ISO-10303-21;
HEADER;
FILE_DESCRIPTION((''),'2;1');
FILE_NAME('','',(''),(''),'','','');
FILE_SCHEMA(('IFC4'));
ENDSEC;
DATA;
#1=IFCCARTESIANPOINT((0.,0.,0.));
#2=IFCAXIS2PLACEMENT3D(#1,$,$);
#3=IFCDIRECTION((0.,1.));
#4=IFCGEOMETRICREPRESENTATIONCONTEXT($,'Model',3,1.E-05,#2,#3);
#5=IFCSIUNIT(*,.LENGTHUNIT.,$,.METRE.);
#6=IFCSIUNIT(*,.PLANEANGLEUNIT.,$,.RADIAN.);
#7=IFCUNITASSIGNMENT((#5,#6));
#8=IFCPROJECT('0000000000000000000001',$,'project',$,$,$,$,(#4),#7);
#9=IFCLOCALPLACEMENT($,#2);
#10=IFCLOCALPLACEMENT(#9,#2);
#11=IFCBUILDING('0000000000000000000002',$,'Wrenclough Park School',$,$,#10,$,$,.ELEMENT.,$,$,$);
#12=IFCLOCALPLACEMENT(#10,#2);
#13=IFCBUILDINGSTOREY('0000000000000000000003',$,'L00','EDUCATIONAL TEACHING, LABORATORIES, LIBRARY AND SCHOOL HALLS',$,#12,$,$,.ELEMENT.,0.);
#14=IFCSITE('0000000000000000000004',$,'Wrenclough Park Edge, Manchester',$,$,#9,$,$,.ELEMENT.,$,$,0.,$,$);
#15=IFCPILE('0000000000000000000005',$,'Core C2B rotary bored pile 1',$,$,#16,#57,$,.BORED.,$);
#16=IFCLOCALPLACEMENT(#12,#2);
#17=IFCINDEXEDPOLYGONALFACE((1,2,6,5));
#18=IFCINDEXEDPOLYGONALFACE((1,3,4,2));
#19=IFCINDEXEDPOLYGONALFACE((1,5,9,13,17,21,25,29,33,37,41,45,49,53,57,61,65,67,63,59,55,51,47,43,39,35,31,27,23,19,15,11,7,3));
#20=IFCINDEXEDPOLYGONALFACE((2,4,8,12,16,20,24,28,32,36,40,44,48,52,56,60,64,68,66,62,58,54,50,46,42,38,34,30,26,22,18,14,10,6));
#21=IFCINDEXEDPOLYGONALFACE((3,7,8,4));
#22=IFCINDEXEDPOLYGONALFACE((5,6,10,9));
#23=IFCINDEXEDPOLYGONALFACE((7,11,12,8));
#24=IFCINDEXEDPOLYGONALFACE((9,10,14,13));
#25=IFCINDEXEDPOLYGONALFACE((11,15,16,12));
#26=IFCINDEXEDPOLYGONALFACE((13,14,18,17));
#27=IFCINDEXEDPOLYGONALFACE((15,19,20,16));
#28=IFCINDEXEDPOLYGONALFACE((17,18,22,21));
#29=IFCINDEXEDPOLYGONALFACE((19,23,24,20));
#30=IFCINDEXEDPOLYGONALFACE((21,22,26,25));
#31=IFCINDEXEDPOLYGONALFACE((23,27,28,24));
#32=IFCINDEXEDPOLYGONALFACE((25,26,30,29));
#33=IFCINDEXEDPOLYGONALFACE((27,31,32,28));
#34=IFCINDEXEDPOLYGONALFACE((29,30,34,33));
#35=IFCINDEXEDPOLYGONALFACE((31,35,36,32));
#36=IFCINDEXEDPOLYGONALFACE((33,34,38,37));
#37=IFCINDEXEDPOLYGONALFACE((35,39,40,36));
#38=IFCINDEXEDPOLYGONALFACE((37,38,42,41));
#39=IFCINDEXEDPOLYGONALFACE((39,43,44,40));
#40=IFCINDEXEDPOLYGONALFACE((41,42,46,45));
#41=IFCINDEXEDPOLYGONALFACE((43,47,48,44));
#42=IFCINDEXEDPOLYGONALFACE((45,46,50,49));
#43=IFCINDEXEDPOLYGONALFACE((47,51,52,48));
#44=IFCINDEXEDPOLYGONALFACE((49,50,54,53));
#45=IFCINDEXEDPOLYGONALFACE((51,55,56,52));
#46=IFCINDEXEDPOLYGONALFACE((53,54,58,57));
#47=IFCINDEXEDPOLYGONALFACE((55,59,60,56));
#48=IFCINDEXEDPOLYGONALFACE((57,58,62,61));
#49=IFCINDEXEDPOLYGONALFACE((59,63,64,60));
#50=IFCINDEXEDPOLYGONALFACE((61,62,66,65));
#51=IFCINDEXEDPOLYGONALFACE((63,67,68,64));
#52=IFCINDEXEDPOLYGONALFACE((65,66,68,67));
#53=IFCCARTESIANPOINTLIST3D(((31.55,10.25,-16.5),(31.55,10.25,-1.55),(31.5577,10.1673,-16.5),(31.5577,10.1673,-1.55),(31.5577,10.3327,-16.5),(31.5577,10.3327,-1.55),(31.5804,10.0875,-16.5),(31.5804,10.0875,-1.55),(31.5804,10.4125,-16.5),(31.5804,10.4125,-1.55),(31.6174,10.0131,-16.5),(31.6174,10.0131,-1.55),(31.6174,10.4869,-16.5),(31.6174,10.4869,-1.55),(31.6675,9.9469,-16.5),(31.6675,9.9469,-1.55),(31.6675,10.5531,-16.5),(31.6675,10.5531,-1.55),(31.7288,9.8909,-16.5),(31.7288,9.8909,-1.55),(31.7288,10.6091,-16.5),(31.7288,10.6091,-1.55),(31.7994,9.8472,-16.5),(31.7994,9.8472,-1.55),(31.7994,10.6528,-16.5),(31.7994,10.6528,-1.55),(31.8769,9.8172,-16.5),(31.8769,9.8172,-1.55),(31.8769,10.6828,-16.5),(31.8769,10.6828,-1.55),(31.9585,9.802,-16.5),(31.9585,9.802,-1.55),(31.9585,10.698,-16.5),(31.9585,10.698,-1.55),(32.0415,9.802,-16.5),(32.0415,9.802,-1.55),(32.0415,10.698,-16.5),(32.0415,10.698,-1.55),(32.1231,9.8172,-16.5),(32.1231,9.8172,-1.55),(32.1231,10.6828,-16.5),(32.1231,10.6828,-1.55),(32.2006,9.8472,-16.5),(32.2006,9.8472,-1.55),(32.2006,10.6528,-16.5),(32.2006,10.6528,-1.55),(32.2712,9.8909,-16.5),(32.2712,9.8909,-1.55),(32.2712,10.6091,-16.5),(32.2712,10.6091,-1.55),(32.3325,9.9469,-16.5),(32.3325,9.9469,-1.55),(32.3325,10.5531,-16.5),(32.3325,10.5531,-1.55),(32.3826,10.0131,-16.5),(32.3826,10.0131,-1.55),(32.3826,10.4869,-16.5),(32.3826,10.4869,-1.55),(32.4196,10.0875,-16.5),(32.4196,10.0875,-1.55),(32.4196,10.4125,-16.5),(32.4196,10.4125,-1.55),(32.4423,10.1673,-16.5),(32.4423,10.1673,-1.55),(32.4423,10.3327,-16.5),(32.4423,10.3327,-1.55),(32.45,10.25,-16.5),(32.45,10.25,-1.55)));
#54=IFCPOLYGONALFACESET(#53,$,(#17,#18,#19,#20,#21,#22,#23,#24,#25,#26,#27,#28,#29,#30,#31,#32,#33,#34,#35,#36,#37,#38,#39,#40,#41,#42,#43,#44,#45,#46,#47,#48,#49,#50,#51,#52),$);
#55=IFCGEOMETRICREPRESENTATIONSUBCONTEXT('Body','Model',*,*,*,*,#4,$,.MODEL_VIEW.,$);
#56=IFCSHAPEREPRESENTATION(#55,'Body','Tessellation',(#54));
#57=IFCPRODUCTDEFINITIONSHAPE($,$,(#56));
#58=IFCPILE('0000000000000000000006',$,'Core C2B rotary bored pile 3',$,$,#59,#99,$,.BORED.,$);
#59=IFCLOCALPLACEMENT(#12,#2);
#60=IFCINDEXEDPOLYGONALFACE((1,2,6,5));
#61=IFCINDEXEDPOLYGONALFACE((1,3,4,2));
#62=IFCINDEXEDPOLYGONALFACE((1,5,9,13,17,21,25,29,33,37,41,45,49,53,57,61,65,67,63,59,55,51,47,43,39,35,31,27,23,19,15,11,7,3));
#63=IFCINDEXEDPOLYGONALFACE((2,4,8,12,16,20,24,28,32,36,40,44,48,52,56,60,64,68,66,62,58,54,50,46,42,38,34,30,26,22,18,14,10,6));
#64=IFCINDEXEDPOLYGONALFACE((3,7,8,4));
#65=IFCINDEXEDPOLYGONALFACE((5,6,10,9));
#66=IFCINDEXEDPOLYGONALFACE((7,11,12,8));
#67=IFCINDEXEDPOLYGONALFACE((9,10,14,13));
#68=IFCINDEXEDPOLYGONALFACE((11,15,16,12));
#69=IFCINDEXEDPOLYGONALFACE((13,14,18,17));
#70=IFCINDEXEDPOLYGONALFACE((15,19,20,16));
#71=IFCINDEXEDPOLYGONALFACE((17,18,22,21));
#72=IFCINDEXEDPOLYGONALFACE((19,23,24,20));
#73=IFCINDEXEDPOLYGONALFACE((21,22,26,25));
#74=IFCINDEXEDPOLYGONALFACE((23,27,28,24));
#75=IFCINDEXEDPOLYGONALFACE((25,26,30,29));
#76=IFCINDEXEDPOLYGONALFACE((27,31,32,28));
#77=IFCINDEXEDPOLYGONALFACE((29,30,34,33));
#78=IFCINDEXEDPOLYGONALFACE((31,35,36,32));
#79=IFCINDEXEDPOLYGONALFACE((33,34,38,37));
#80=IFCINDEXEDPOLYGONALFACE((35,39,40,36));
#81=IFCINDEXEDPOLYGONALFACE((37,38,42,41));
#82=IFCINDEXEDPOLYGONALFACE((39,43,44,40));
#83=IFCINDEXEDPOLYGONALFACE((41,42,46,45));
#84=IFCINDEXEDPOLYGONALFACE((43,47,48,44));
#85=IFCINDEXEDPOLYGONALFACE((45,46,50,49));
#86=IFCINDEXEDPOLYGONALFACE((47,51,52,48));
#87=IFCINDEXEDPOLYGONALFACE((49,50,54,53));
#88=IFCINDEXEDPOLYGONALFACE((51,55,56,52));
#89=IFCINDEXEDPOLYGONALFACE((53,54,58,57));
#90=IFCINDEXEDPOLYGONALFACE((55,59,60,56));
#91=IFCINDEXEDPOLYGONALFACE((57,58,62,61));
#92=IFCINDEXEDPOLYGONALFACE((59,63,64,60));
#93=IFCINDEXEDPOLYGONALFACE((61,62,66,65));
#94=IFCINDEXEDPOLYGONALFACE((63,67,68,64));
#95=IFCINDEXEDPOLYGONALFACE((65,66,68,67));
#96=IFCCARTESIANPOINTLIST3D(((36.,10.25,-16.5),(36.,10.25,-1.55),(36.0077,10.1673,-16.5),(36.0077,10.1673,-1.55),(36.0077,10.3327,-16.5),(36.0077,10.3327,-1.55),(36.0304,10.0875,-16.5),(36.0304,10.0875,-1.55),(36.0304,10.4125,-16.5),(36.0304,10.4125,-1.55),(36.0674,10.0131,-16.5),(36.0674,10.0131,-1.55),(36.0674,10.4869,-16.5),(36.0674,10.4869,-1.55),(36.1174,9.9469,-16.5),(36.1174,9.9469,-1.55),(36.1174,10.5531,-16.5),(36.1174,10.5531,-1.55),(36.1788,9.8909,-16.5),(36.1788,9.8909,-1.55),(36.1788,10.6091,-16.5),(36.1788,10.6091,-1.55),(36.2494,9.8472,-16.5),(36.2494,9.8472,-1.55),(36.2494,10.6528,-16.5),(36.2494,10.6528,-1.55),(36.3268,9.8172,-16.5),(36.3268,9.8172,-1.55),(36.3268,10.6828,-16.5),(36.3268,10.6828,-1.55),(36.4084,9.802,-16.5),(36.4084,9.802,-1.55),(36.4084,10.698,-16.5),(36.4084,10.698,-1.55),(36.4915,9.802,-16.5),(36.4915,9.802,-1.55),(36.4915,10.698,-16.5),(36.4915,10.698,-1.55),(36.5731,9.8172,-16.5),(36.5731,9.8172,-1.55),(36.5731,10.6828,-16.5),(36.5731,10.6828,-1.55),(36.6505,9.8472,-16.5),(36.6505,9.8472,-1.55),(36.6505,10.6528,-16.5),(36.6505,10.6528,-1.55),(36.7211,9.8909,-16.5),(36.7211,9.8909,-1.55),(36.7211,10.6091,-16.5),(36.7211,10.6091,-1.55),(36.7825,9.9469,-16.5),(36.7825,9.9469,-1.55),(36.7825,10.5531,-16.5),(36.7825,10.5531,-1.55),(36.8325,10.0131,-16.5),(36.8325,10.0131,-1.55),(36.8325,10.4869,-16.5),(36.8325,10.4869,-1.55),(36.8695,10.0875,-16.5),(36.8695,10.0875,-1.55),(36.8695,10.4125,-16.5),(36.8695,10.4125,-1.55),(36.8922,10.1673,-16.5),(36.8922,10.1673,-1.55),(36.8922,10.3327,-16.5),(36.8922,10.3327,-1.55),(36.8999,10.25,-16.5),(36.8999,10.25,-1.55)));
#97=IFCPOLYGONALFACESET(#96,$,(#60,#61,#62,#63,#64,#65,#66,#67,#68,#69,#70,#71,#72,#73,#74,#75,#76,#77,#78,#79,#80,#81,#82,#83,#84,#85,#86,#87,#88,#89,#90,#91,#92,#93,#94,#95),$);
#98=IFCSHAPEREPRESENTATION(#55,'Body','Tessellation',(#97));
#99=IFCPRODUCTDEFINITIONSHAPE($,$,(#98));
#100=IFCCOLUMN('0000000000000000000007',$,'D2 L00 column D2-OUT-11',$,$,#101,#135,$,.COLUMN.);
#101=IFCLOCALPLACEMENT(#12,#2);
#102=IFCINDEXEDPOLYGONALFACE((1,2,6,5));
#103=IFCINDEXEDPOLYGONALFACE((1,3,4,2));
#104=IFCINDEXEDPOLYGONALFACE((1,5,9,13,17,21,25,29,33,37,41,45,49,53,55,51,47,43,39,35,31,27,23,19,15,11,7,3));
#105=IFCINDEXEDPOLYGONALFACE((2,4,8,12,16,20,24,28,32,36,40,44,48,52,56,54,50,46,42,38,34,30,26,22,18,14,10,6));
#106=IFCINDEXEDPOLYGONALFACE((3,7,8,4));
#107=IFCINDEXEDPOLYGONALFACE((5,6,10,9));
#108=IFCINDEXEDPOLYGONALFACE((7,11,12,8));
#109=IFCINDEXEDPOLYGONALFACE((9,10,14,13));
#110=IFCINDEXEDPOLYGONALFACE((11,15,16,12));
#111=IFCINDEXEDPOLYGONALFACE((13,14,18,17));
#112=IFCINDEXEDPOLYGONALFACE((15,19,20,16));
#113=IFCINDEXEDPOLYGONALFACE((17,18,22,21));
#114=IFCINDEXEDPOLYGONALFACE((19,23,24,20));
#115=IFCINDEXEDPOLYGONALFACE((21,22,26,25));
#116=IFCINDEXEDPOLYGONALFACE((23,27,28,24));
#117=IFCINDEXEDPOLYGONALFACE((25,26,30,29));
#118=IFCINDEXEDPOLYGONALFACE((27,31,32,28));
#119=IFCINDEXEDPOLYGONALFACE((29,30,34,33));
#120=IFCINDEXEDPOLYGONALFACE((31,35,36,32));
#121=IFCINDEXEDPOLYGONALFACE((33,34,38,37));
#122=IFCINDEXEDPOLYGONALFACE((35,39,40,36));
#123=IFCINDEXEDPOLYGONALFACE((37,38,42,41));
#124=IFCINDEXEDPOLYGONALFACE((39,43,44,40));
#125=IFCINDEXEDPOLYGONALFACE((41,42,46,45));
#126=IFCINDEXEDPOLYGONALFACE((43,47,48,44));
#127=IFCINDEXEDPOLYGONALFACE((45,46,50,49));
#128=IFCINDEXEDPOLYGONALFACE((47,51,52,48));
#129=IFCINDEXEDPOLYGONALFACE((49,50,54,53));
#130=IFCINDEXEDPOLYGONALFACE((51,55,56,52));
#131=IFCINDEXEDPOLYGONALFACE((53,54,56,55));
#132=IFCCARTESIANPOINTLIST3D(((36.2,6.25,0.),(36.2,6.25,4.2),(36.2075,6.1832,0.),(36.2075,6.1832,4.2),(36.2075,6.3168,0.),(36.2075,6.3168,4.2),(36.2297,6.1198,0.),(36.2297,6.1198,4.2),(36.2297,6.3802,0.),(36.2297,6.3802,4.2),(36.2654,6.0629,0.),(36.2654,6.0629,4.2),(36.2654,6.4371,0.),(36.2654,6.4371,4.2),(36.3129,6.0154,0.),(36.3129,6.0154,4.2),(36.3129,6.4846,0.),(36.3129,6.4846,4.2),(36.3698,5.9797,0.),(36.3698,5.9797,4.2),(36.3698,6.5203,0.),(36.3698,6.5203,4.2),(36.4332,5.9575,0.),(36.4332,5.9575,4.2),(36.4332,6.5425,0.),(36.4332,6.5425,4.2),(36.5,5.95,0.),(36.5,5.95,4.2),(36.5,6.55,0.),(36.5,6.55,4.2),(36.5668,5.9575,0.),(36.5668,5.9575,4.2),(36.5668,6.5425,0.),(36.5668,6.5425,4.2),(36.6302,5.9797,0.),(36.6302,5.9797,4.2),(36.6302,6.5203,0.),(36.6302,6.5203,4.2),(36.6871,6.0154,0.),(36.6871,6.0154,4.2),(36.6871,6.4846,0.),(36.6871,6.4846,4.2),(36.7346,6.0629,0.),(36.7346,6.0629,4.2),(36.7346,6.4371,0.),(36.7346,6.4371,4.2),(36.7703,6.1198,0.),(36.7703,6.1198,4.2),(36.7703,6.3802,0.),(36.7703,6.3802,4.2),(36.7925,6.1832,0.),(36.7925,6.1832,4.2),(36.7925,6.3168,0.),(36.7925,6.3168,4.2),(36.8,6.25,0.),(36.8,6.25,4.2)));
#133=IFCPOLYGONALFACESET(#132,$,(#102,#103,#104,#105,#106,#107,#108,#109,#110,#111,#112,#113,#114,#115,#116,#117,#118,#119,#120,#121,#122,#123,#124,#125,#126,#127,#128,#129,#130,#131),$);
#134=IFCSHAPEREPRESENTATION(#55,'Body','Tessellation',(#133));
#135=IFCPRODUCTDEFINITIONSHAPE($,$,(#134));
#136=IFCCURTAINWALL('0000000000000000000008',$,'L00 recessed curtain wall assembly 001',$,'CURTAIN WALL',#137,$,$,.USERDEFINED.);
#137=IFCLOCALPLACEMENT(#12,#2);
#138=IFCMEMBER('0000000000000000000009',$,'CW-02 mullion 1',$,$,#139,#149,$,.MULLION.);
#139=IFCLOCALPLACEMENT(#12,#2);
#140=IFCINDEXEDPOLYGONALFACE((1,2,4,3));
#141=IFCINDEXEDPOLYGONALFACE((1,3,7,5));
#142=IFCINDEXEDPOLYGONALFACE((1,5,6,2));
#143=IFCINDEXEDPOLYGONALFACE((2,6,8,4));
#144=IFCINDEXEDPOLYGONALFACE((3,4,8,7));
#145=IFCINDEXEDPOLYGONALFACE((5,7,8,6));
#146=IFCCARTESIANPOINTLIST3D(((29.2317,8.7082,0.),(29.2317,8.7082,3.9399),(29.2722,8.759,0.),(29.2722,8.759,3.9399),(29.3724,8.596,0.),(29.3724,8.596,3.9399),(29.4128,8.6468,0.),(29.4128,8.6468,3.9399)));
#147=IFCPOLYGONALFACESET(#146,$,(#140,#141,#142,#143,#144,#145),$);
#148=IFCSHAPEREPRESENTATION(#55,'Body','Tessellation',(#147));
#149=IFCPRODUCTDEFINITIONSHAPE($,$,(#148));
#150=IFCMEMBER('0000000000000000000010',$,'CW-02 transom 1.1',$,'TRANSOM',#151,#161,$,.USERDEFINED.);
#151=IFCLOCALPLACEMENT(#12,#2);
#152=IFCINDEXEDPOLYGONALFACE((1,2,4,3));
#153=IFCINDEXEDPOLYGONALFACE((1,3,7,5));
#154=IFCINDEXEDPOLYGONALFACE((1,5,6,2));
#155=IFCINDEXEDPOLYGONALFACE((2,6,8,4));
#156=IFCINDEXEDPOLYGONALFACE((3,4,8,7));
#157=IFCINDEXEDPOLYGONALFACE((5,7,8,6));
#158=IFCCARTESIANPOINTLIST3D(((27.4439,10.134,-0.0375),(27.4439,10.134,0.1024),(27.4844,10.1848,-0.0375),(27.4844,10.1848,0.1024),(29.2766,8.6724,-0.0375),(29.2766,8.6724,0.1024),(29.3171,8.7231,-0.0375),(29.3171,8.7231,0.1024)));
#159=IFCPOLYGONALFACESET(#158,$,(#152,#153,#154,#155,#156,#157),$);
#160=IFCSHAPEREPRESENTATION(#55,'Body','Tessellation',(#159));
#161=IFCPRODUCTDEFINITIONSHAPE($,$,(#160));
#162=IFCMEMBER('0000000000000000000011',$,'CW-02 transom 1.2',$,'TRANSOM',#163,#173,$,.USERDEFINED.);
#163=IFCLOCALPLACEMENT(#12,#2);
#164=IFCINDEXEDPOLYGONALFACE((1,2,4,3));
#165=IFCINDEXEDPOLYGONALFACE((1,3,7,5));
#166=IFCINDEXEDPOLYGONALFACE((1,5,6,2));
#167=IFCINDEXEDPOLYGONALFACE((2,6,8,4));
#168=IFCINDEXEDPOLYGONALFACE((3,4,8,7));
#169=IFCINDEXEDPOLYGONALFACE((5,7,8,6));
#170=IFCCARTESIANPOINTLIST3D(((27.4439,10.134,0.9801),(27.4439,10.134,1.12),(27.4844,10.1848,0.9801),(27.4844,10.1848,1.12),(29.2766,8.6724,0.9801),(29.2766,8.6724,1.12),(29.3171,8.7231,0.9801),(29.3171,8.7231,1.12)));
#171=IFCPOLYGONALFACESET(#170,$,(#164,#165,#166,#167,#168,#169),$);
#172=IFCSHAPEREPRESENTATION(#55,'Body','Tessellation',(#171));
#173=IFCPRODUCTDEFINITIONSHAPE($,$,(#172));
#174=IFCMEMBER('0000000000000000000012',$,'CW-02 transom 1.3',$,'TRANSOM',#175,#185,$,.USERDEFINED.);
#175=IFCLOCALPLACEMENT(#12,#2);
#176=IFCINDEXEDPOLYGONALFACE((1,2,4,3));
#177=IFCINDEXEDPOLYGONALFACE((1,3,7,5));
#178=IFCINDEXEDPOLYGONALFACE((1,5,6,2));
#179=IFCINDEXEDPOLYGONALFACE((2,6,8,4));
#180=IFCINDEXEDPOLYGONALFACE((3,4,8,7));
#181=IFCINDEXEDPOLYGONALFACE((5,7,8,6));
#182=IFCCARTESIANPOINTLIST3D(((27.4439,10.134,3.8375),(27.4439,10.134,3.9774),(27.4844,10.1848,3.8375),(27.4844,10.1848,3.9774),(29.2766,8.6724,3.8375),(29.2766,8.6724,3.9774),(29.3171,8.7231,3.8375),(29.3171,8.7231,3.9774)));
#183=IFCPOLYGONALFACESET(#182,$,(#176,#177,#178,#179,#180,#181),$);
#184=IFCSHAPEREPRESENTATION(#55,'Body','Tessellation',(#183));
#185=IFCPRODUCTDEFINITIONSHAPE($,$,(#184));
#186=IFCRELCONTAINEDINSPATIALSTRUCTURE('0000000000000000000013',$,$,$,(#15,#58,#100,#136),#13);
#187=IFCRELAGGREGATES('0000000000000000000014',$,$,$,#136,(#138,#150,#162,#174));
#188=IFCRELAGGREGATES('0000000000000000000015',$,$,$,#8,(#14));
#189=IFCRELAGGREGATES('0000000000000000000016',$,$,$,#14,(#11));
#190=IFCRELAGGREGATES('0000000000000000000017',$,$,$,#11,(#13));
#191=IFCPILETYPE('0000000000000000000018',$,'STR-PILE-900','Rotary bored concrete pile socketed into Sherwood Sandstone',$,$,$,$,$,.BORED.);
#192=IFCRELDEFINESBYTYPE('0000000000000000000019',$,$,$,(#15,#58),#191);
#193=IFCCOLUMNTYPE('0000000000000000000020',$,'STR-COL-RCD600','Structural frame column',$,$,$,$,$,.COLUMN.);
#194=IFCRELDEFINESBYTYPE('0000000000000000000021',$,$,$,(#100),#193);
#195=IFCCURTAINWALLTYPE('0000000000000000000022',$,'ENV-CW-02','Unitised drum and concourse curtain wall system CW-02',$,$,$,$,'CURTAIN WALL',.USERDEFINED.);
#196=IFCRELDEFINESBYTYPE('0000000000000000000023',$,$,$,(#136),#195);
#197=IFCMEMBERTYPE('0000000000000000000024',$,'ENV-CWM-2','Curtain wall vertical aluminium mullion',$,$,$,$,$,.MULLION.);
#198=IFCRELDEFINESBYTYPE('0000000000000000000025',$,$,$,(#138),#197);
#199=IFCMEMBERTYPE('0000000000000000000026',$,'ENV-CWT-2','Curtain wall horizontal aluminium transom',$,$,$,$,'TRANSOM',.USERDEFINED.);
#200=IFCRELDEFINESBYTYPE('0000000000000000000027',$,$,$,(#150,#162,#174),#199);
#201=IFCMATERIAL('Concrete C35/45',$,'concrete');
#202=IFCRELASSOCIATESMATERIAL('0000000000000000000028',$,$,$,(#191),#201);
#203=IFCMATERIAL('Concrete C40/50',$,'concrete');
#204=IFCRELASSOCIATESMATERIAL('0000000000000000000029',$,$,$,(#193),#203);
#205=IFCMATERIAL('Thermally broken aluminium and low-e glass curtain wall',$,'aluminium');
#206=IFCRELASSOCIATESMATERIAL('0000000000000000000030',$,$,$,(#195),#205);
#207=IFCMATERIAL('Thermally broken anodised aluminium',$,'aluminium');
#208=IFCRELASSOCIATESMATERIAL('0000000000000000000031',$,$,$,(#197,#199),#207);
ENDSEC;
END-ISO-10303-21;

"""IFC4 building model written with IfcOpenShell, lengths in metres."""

from ifc_helpers import new_model, si_unit, direction, frame, origin, origin_2d, place, context, subcontext, project, spatial, rectangle, circle, extrude, material, material_profile, profile_set, type_object, element, aggregate, save


model = new_model("IFC4")

# Units and contexts
model_context = context("Model", 3, precision=1e-05, world=origin(), true_north=direction((0.0, 1.0)))
body_context = subcontext(model_context, "Body", "Model", "MODEL_VIEW")
ifc_project = project(units=[si_unit("LENGTHUNIT", "METRE"), si_unit("PLANEANGLEUNIT", "RADIAN")], contexts=[model_context])

# Site, building, storey
site_placement = place(None, origin())
site = spatial("IfcSite", under=ifc_project, at=site_placement, Name="Wrenclough Park Edge, Manchester", CompositionType="ELEMENT", RefElevation=0.0)
building_placement = place(site_placement, origin())
building = spatial("IfcBuilding", under=site, at=building_placement, Name="Wrenclough Park School", CompositionType="ELEMENT")
storey_placement = place(building_placement, origin())
storey = spatial("IfcBuildingStorey", under=building, at=storey_placement, Name="L00", Description="EDUCATIONAL TEACHING, LABORATORIES, LIBRARY AND SCHOOL HALLS", CompositionType="ELEMENT", Elevation=0.0)

# Shared definitions
ifc_material_1 = material(Name="Concrete C35/45", Category="concrete")
ifc_material_2 = material(Name="Concrete C40/50", Category="concrete")

# Piles
ifc_material_profile_1 = material_profile(ifc_material_1, circle(Radius=0.45, at=origin_2d()), Name="BORED PILE D900")
ifc_profile_set_1 = profile_set([ifc_material_profile_1], Name="Concrete C35/45")
pile_type_1 = type_object("IfcPileType", Name="STR-PILE-900", Description="Rotary bored concrete pile socketed into Sherwood Sandstone", PredefinedType="BORED", material=ifc_profile_set_1)
for number, where, z_axis, x_axis, name in (
    (1, (32.0, 10.25, -1.55), (0.0, 0.0, -1.0), (1.0, 0.0, 0.0), "Core C2B rotary bored pile 1"),
    (2, (36.45, 10.25, -1.55), (0.0, 0.0, -1.0), (1.0, 0.0, 0.0), "Core C2B rotary bored pile 3"),
):
    element("IfcPile", number, at=place(storey_placement, frame(where, z_axis=z_axis, x_axis=x_axis)), inside=storey, type_object=pile_type_1, Name=name, PredefinedType="BORED", context=body_context, shape_type="SweptSolid", body=[
        extrude(circle(Radius=0.45, at=origin_2d()), origin(), (0.0, 0.0, 1.0), 14.95),
    ])

# Column
ifc_material_profile_2 = material_profile(ifc_material_2, circle(Radius=0.3, at=origin_2d()), Name="RC COL D600")
ifc_profile_set_2 = profile_set([ifc_material_profile_2], Name="Concrete C40/50")
column_type = type_object("IfcColumnType", Name="STR-COL-RCD600", Description="Structural frame column", PredefinedType="COLUMN", material=ifc_profile_set_2)
for number, where, z_axis, x_axis, name in (
    (3, (36.5, 6.25, 0.0), (0.0, 0.0, 1.0), (1.0, 0.0, 0.0), "D2 L00 column D2-OUT-11"),
):
    element("IfcColumn", number, at=place(storey_placement, frame(where, z_axis=z_axis, x_axis=x_axis)), inside=storey, type_object=column_type, Name=name, PredefinedType="COLUMN", context=body_context, shape_type="SweptSolid", body=[
        extrude(circle(Radius=0.3, at=origin_2d()), origin(), (0.0, 0.0, 1.0), 4.2),
    ])

# Curtain wall, members
ifc_material_3 = material(Name="Thermally broken aluminium and low-e glass curtain wall", Category="aluminium")
curtain_wall_type = type_object("IfcCurtainWallType", Name="ENV-CW-02", Description="Unitised drum and concourse curtain wall system CW-02", ElementType="CURTAIN WALL", PredefinedType="USERDEFINED", material=ifc_material_3)
curtain_wall_placement = place(storey_placement, origin())
curtain_wall = element("IfcCurtainWall", 4, at=curtain_wall_placement, inside=storey, type_object=curtain_wall_type, Name="L00 recessed curtain wall assembly 001", ObjectType="CURTAIN WALL", PredefinedType="USERDEFINED")
ifc_material_4 = material(Name="Thermally broken anodised aluminium", Category="aluminium")
ifc_material_profile_3 = material_profile(ifc_material_4, rectangle(XDim=0.0649, YDim=0.1799, at=origin_2d()), Name="AL MULLION 65x180")
ifc_profile_set_3 = profile_set([ifc_material_profile_3], Name="Thermally broken anodised aluminium")
member_type_1 = type_object("IfcMemberType", Name="ENV-CWM-2", Description="Curtain wall vertical aluminium mullion", PredefinedType="MULLION", material=ifc_profile_set_3)
member_1_placement = place(storey_placement, frame((29.3223, 8.6775, 0.0), z_axis=(0.0, 0.0, 1.0), x_axis=(-0.623499, -0.781824, 0.0)))
member_1 = element("IfcMember", 5, at=member_1_placement, type_object=member_type_1, Name="CW-02 mullion 1", PredefinedType="MULLION", context=body_context, shape_type="SweptSolid", body=[
    extrude(rectangle(XDim=0.0649, YDim=0.1799, at=origin_2d()), origin(), (0.0, 0.0, 1.0), 3.9399),
])
ifc_material_profile_4 = material_profile(ifc_material_4, rectangle(XDim=0.0649, YDim=0.1399, at=origin_2d()), Name="AL TRANSOM 65x140")
ifc_profile_set_4 = profile_set([ifc_material_profile_4], Name="Thermally broken anodised aluminium")
member_type_2 = type_object("IfcMemberType", Name="ENV-CWT-2", Description="Curtain wall horizontal aluminium transom", ElementType="TRANSOM", PredefinedType="USERDEFINED", material=ifc_profile_set_4)
member_2_placement = place(storey_placement, frame((29.2969, 8.6978, 0.0325), z_axis=(-0.781813, 0.623513, 0.0), x_axis=(-0.623513, -0.781813, 0.0)))
member_2 = element("IfcMember", 6, at=member_2_placement, type_object=member_type_2, Name="CW-02 transom 1.1", ObjectType="TRANSOM", PredefinedType="USERDEFINED", context=body_context, shape_type="SweptSolid", body=[
    extrude(rectangle(XDim=0.0649, YDim=0.1399, at=origin_2d()), origin(), (0.0, 0.0, 1.0), 2.3442),
])
member_3_placement = place(storey_placement, frame((29.2969, 8.6978, 1.05), z_axis=(-0.781813, 0.623513, 0.0), x_axis=(-0.623513, -0.781813, 0.0)))
member_3 = element("IfcMember", 7, at=member_3_placement, type_object=member_type_2, Name="CW-02 transom 1.2", ObjectType="TRANSOM", PredefinedType="USERDEFINED", context=body_context, shape_type="SweptSolid", body=[
    extrude(rectangle(XDim=0.0649, YDim=0.1399, at=origin_2d()), origin(), (0.0, 0.0, 1.0), 2.3442),
])
member_4_placement = place(storey_placement, frame((29.2969, 8.6978, 3.9075), z_axis=(-0.781813, 0.623513, 0.0), x_axis=(-0.623513, -0.781813, 0.0)))
member_4 = element("IfcMember", 8, at=member_4_placement, type_object=member_type_2, Name="CW-02 transom 1.3", ObjectType="TRANSOM", PredefinedType="USERDEFINED", context=body_context, shape_type="SweptSolid", body=[
    extrude(rectangle(XDim=0.0649, YDim=0.1399, at=origin_2d()), origin(), (0.0, 0.0, 1.0), 2.3442),
])
aggregate(curtain_wall, [member_1, member_2, member_3, member_4])

save(model, "model.ifc")
